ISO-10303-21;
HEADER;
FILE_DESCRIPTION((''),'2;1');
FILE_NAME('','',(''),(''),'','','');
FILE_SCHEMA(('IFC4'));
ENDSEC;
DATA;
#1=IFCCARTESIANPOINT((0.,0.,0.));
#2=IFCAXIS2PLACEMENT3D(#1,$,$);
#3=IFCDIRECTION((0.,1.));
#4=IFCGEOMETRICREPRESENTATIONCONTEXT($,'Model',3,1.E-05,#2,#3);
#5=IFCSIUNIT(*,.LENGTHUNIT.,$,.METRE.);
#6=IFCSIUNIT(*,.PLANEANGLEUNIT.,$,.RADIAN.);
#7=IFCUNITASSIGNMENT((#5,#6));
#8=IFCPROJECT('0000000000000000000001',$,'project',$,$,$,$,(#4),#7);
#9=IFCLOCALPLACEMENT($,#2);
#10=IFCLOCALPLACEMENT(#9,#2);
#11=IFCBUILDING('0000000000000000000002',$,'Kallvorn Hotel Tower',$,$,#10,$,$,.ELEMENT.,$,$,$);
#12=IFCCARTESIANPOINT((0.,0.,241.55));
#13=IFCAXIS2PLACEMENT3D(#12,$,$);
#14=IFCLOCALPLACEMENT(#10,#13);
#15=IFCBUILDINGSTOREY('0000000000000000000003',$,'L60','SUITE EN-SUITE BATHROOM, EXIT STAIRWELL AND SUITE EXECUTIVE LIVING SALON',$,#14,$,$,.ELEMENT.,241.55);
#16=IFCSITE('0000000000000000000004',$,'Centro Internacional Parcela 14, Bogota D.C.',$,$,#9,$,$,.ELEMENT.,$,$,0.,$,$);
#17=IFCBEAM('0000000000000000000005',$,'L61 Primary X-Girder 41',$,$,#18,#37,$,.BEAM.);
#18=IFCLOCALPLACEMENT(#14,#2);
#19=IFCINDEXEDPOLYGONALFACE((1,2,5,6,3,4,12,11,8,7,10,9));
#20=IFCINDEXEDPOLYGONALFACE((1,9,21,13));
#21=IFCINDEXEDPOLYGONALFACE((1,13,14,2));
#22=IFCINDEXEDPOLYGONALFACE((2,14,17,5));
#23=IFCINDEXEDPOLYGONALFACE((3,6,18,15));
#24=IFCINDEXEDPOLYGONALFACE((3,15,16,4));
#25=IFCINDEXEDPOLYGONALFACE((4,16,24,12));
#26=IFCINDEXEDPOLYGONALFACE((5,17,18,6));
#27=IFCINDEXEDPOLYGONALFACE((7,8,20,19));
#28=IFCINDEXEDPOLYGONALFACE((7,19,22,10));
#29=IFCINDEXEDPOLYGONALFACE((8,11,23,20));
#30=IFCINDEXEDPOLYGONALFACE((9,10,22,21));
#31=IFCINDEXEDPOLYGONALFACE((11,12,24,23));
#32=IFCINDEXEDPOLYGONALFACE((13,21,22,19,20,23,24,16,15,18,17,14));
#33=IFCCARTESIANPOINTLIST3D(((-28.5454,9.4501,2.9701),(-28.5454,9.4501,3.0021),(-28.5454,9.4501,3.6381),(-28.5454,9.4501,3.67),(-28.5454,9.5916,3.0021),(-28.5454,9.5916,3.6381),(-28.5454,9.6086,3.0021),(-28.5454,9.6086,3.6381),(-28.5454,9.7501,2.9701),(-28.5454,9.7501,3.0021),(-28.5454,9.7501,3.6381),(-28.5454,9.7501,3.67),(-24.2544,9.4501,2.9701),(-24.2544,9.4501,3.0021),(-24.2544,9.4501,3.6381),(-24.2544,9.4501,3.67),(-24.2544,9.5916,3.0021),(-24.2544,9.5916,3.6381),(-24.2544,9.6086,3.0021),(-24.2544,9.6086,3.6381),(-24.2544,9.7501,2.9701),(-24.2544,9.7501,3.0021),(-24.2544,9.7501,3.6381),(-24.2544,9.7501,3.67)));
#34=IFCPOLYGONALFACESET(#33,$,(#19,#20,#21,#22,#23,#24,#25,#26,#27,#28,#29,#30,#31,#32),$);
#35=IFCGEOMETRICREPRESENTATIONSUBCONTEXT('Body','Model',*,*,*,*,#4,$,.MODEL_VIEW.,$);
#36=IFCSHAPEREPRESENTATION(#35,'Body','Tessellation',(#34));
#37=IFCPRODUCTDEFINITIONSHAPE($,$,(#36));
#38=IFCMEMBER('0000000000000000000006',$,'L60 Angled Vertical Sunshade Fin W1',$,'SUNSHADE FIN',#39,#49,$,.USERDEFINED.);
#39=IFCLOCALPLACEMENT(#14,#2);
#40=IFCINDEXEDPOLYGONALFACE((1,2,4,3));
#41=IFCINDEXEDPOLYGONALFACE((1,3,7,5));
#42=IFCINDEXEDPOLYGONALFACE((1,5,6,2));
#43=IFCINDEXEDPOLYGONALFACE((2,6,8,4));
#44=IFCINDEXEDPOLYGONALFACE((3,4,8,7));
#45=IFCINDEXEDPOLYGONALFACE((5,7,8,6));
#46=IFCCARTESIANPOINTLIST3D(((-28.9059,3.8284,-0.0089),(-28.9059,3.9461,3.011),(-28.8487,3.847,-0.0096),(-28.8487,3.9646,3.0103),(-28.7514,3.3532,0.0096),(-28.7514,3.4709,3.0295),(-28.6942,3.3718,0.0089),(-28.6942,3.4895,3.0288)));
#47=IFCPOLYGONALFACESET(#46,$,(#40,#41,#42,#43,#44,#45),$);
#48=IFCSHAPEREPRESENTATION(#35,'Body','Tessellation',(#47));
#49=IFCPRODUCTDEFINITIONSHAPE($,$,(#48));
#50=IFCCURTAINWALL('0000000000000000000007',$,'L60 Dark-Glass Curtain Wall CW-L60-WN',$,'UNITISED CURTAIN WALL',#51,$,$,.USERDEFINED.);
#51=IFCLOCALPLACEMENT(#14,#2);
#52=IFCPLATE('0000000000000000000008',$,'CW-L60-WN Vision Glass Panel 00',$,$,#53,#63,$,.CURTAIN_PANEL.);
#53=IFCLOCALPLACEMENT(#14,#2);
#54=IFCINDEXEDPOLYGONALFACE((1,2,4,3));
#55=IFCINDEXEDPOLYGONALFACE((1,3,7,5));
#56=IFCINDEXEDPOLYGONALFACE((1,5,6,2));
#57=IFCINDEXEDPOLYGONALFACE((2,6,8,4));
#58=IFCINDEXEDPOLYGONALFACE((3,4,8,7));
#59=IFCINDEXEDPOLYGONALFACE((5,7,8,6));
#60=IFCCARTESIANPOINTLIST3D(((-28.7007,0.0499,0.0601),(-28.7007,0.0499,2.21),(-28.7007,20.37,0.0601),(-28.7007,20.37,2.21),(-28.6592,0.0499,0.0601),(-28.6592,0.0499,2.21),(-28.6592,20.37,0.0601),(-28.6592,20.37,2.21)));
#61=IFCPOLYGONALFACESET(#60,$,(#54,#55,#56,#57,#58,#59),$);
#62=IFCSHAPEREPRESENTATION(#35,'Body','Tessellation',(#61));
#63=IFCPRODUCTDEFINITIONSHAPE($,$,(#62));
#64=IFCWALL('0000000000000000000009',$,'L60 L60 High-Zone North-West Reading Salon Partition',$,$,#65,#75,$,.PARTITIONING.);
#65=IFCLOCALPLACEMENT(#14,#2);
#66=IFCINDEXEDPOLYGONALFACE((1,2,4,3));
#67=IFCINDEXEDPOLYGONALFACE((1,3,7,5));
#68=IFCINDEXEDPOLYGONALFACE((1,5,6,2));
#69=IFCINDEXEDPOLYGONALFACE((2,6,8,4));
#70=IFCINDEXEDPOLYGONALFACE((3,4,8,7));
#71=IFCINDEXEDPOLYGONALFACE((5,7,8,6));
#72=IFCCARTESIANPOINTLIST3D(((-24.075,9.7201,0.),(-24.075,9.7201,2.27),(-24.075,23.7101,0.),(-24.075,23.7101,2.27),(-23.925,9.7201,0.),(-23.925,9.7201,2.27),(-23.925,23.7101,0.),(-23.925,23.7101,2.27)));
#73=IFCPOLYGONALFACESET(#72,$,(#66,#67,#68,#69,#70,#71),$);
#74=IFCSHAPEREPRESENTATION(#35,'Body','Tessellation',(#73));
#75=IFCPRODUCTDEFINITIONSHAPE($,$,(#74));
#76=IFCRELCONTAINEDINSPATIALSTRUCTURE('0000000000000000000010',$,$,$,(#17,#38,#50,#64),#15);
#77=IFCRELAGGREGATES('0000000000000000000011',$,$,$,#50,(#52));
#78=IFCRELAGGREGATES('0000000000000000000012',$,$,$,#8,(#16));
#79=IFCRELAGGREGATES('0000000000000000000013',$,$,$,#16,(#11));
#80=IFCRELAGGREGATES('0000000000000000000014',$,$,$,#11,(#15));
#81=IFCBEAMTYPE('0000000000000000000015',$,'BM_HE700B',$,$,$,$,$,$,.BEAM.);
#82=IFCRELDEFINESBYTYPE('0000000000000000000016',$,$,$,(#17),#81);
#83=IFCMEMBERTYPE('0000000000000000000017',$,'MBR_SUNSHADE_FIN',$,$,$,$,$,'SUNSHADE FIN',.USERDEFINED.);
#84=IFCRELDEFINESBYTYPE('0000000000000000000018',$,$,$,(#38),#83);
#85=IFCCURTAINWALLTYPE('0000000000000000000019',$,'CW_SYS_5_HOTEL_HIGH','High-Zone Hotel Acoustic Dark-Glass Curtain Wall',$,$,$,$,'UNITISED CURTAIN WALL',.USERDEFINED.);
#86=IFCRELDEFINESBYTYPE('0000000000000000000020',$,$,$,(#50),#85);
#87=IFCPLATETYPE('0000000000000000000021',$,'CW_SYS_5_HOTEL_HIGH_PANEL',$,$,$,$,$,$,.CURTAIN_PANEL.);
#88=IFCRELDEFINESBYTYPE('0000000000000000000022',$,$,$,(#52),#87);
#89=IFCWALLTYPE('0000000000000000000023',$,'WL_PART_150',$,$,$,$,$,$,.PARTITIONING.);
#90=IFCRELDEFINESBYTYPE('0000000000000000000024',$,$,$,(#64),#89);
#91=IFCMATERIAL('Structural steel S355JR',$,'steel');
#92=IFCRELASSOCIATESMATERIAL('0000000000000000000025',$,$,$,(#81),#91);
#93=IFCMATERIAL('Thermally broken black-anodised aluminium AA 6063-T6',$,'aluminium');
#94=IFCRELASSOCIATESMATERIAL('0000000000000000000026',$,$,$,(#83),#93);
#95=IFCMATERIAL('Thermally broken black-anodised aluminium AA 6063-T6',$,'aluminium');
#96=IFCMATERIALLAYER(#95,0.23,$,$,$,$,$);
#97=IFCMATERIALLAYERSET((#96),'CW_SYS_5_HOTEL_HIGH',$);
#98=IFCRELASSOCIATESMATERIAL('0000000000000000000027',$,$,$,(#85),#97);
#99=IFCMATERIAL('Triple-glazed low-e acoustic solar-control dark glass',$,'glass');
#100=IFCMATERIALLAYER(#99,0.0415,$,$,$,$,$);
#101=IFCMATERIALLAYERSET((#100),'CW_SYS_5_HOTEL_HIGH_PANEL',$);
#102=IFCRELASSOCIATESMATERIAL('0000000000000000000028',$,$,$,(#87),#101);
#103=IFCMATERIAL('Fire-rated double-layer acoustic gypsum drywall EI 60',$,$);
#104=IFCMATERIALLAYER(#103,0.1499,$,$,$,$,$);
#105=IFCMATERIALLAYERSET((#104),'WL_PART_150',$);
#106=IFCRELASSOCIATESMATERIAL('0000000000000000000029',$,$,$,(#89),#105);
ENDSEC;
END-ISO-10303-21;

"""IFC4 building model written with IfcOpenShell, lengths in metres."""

from ifc_helpers import new_model, si_unit, direction, frame, frame_2d, origin, origin_2d, place, context, subcontext, project, spatial, rectangle, i_section, extrude, material, layer, layer_set, material_profile, profile_set, type_object, element, aggregate, save


model = new_model("IFC4")

# Units and contexts
model_context = context("Model", 3, precision=1e-05, world=origin(), true_north=direction((0.0, 1.0)))
body_context = subcontext(model_context, "Body", "Model", "MODEL_VIEW")
ifc_project = project(units=[si_unit("LENGTHUNIT", "METRE"), si_unit("PLANEANGLEUNIT", "RADIAN")], contexts=[model_context])

# Site, building, storey
site_placement = place(None, origin())
site = spatial("IfcSite", under=ifc_project, at=site_placement, Name="Centro Internacional Parcela 14, Bogota D.C.", CompositionType="ELEMENT", RefElevation=0.0)
building_placement = place(site_placement, origin())
building = spatial("IfcBuilding", under=site, at=building_placement, Name="Kallvorn Hotel Tower", CompositionType="ELEMENT")
storey_placement = place(building_placement, frame((0.0, 0.0, 241.55)))
storey = spatial("IfcBuildingStorey", under=building, at=storey_placement, Name="L60", Description="SUITE EN-SUITE BATHROOM, EXIT STAIRWELL AND SUITE EXECUTIVE LIVING SALON", CompositionType="ELEMENT", Elevation=241.55)

# Beam
ifc_material_1 = material(Name="Structural steel S355JR", Category="steel")
ifc_material_profile_1 = material_profile(ifc_material_1, i_section(OverallWidth=0.3, OverallDepth=0.7, WebThickness=0.0171, FlangeThickness=0.032, at=origin_2d()), Name="HE 700 B")
ifc_profile_set_1 = profile_set([ifc_material_profile_1], Name="Structural steel S355JR")
beam_type_1 = type_object("IfcBeamType", Name="BM_HE700B", PredefinedType="BEAM", material=ifc_profile_set_1)
beam_1_placement = place(storey_placement, frame((-28.5454, 9.6001, 3.3201), z_axis=(1.0, 0.0, 0.0), x_axis=(0.0, 1.0, 0.0)))
element("IfcBeam", 1, at=beam_1_placement, inside=storey, type_object=beam_type_1, Name="L61 Primary X-Girder 41", PredefinedType="BEAM", context=body_context, shape_type="SweptSolid", body=[
    extrude(i_section(OverallWidth=0.3, OverallDepth=0.7, WebThickness=0.0171, FlangeThickness=0.032, at=origin_2d()), origin(), (0.0, 0.0, 1.0), 4.291),
])

# Member
ifc_material_2 = material(Name="Thermally broken black-anodised aluminium AA 6063-T6", Category="aluminium")
ifc_material_profile_2 = material_profile(ifc_material_2, rectangle(XDim=0.0601, YDim=0.5, at=origin_2d()), Name="FIN 500x60")
ifc_profile_set_2 = profile_set([ifc_material_profile_2], Name="Thermally broken black-anodised aluminium AA 6063-T6")
member_type = type_object("IfcMemberType", Name="MBR_SUNSHADE_FIN", ElementType="SUNSHADE FIN", PredefinedType="USERDEFINED", material=ifc_profile_set_2)
member_placement = place(storey_placement, frame((-28.8, 3.6001, 0.0), z_axis=(0.0, 0.038936, 0.999242), x_axis=(-0.951057, -0.308783, 0.012032)))
element("IfcMember", 2, at=member_placement, inside=storey, type_object=member_type, Name="L60 Angled Vertical Sunshade Fin W1", ObjectType="SUNSHADE FIN", PredefinedType="USERDEFINED", context=body_context, shape_type="SweptSolid", body=[
    extrude(rectangle(XDim=0.0601, YDim=0.5, at=origin_2d()), origin(), (0.0, 0.0, 1.0), 3.0222),
])

# Curtain wall, plate
ifc_material_3 = material(Name="Thermally broken black-anodised aluminium AA 6063-T6", Category="aluminium")
ifc_layer_1 = layer(ifc_material_3, 0.23)
ifc_layer_set_1 = layer_set([ifc_layer_1], Name="CW_SYS_5_HOTEL_HIGH")
curtain_wall_type = type_object("IfcCurtainWallType", Name="CW_SYS_5_HOTEL_HIGH", Description="High-Zone Hotel Acoustic Dark-Glass Curtain Wall", ElementType="UNITISED CURTAIN WALL", PredefinedType="USERDEFINED", material=ifc_layer_set_1)
curtain_wall_placement = place(storey_placement, origin())
curtain_wall = element("IfcCurtainWall", 3, at=curtain_wall_placement, inside=storey, type_object=curtain_wall_type, Name="L60 Dark-Glass Curtain Wall CW-L60-WN", ObjectType="UNITISED CURTAIN WALL", PredefinedType="USERDEFINED")
ifc_material_4 = material(Name="Triple-glazed low-e acoustic solar-control dark glass", Category="glass")
ifc_layer_2 = layer(ifc_material_4, 0.0415)
ifc_layer_set_2 = layer_set([ifc_layer_2], Name="CW_SYS_5_HOTEL_HIGH_PANEL")
plate_type = type_object("IfcPlateType", Name="CW_SYS_5_HOTEL_HIGH_PANEL", PredefinedType="CURTAIN_PANEL", material=ifc_layer_set_2)
plate_placement = place(storey_placement, frame((-28.6799, 10.21, 0.0601), z_axis=(0.0, 0.0, 1.0), x_axis=(0.0, 1.0, 0.0)))
plate = element("IfcPlate", 4, at=plate_placement, type_object=plate_type, Name="CW-L60-WN Vision Glass Panel 00", PredefinedType="CURTAIN_PANEL", context=body_context, shape_type="SweptSolid", body=[
    extrude(rectangle(XDim=20.3201, YDim=0.0415, at=origin_2d()), origin(), (0.0, 0.0, 1.0), 2.1499),
])
aggregate(curtain_wall, [plate])

# Wall
ifc_material_5 = material(Name="Fire-rated double-layer acoustic gypsum drywall EI 60")
ifc_layer_3 = layer(ifc_material_5, 0.1499)
ifc_layer_set_3 = layer_set([ifc_layer_3], Name="WL_PART_150")
wall_type = type_object("IfcWallType", Name="WL_PART_150", PredefinedType="PARTITIONING", material=ifc_layer_set_3)
wall_placement = place(storey_placement, frame((-24.0, 9.72, 0.0), z_axis=(0.0, 0.0, 1.0), x_axis=(0.0, 1.0, 0.0)))
element("IfcWall", 5, at=wall_placement, inside=storey, type_object=wall_type, Name="L60 L60 High-Zone North-West Reading Salon Partition", PredefinedType="PARTITIONING", context=body_context, shape_type="SweptSolid", body=[
    extrude(rectangle(XDim=13.99, YDim=0.1499, at=frame_2d((6.9951, 0.0))), origin(), (0.0, 0.0, 1.0), 2.27),
])

save(model, "model.ifc")
